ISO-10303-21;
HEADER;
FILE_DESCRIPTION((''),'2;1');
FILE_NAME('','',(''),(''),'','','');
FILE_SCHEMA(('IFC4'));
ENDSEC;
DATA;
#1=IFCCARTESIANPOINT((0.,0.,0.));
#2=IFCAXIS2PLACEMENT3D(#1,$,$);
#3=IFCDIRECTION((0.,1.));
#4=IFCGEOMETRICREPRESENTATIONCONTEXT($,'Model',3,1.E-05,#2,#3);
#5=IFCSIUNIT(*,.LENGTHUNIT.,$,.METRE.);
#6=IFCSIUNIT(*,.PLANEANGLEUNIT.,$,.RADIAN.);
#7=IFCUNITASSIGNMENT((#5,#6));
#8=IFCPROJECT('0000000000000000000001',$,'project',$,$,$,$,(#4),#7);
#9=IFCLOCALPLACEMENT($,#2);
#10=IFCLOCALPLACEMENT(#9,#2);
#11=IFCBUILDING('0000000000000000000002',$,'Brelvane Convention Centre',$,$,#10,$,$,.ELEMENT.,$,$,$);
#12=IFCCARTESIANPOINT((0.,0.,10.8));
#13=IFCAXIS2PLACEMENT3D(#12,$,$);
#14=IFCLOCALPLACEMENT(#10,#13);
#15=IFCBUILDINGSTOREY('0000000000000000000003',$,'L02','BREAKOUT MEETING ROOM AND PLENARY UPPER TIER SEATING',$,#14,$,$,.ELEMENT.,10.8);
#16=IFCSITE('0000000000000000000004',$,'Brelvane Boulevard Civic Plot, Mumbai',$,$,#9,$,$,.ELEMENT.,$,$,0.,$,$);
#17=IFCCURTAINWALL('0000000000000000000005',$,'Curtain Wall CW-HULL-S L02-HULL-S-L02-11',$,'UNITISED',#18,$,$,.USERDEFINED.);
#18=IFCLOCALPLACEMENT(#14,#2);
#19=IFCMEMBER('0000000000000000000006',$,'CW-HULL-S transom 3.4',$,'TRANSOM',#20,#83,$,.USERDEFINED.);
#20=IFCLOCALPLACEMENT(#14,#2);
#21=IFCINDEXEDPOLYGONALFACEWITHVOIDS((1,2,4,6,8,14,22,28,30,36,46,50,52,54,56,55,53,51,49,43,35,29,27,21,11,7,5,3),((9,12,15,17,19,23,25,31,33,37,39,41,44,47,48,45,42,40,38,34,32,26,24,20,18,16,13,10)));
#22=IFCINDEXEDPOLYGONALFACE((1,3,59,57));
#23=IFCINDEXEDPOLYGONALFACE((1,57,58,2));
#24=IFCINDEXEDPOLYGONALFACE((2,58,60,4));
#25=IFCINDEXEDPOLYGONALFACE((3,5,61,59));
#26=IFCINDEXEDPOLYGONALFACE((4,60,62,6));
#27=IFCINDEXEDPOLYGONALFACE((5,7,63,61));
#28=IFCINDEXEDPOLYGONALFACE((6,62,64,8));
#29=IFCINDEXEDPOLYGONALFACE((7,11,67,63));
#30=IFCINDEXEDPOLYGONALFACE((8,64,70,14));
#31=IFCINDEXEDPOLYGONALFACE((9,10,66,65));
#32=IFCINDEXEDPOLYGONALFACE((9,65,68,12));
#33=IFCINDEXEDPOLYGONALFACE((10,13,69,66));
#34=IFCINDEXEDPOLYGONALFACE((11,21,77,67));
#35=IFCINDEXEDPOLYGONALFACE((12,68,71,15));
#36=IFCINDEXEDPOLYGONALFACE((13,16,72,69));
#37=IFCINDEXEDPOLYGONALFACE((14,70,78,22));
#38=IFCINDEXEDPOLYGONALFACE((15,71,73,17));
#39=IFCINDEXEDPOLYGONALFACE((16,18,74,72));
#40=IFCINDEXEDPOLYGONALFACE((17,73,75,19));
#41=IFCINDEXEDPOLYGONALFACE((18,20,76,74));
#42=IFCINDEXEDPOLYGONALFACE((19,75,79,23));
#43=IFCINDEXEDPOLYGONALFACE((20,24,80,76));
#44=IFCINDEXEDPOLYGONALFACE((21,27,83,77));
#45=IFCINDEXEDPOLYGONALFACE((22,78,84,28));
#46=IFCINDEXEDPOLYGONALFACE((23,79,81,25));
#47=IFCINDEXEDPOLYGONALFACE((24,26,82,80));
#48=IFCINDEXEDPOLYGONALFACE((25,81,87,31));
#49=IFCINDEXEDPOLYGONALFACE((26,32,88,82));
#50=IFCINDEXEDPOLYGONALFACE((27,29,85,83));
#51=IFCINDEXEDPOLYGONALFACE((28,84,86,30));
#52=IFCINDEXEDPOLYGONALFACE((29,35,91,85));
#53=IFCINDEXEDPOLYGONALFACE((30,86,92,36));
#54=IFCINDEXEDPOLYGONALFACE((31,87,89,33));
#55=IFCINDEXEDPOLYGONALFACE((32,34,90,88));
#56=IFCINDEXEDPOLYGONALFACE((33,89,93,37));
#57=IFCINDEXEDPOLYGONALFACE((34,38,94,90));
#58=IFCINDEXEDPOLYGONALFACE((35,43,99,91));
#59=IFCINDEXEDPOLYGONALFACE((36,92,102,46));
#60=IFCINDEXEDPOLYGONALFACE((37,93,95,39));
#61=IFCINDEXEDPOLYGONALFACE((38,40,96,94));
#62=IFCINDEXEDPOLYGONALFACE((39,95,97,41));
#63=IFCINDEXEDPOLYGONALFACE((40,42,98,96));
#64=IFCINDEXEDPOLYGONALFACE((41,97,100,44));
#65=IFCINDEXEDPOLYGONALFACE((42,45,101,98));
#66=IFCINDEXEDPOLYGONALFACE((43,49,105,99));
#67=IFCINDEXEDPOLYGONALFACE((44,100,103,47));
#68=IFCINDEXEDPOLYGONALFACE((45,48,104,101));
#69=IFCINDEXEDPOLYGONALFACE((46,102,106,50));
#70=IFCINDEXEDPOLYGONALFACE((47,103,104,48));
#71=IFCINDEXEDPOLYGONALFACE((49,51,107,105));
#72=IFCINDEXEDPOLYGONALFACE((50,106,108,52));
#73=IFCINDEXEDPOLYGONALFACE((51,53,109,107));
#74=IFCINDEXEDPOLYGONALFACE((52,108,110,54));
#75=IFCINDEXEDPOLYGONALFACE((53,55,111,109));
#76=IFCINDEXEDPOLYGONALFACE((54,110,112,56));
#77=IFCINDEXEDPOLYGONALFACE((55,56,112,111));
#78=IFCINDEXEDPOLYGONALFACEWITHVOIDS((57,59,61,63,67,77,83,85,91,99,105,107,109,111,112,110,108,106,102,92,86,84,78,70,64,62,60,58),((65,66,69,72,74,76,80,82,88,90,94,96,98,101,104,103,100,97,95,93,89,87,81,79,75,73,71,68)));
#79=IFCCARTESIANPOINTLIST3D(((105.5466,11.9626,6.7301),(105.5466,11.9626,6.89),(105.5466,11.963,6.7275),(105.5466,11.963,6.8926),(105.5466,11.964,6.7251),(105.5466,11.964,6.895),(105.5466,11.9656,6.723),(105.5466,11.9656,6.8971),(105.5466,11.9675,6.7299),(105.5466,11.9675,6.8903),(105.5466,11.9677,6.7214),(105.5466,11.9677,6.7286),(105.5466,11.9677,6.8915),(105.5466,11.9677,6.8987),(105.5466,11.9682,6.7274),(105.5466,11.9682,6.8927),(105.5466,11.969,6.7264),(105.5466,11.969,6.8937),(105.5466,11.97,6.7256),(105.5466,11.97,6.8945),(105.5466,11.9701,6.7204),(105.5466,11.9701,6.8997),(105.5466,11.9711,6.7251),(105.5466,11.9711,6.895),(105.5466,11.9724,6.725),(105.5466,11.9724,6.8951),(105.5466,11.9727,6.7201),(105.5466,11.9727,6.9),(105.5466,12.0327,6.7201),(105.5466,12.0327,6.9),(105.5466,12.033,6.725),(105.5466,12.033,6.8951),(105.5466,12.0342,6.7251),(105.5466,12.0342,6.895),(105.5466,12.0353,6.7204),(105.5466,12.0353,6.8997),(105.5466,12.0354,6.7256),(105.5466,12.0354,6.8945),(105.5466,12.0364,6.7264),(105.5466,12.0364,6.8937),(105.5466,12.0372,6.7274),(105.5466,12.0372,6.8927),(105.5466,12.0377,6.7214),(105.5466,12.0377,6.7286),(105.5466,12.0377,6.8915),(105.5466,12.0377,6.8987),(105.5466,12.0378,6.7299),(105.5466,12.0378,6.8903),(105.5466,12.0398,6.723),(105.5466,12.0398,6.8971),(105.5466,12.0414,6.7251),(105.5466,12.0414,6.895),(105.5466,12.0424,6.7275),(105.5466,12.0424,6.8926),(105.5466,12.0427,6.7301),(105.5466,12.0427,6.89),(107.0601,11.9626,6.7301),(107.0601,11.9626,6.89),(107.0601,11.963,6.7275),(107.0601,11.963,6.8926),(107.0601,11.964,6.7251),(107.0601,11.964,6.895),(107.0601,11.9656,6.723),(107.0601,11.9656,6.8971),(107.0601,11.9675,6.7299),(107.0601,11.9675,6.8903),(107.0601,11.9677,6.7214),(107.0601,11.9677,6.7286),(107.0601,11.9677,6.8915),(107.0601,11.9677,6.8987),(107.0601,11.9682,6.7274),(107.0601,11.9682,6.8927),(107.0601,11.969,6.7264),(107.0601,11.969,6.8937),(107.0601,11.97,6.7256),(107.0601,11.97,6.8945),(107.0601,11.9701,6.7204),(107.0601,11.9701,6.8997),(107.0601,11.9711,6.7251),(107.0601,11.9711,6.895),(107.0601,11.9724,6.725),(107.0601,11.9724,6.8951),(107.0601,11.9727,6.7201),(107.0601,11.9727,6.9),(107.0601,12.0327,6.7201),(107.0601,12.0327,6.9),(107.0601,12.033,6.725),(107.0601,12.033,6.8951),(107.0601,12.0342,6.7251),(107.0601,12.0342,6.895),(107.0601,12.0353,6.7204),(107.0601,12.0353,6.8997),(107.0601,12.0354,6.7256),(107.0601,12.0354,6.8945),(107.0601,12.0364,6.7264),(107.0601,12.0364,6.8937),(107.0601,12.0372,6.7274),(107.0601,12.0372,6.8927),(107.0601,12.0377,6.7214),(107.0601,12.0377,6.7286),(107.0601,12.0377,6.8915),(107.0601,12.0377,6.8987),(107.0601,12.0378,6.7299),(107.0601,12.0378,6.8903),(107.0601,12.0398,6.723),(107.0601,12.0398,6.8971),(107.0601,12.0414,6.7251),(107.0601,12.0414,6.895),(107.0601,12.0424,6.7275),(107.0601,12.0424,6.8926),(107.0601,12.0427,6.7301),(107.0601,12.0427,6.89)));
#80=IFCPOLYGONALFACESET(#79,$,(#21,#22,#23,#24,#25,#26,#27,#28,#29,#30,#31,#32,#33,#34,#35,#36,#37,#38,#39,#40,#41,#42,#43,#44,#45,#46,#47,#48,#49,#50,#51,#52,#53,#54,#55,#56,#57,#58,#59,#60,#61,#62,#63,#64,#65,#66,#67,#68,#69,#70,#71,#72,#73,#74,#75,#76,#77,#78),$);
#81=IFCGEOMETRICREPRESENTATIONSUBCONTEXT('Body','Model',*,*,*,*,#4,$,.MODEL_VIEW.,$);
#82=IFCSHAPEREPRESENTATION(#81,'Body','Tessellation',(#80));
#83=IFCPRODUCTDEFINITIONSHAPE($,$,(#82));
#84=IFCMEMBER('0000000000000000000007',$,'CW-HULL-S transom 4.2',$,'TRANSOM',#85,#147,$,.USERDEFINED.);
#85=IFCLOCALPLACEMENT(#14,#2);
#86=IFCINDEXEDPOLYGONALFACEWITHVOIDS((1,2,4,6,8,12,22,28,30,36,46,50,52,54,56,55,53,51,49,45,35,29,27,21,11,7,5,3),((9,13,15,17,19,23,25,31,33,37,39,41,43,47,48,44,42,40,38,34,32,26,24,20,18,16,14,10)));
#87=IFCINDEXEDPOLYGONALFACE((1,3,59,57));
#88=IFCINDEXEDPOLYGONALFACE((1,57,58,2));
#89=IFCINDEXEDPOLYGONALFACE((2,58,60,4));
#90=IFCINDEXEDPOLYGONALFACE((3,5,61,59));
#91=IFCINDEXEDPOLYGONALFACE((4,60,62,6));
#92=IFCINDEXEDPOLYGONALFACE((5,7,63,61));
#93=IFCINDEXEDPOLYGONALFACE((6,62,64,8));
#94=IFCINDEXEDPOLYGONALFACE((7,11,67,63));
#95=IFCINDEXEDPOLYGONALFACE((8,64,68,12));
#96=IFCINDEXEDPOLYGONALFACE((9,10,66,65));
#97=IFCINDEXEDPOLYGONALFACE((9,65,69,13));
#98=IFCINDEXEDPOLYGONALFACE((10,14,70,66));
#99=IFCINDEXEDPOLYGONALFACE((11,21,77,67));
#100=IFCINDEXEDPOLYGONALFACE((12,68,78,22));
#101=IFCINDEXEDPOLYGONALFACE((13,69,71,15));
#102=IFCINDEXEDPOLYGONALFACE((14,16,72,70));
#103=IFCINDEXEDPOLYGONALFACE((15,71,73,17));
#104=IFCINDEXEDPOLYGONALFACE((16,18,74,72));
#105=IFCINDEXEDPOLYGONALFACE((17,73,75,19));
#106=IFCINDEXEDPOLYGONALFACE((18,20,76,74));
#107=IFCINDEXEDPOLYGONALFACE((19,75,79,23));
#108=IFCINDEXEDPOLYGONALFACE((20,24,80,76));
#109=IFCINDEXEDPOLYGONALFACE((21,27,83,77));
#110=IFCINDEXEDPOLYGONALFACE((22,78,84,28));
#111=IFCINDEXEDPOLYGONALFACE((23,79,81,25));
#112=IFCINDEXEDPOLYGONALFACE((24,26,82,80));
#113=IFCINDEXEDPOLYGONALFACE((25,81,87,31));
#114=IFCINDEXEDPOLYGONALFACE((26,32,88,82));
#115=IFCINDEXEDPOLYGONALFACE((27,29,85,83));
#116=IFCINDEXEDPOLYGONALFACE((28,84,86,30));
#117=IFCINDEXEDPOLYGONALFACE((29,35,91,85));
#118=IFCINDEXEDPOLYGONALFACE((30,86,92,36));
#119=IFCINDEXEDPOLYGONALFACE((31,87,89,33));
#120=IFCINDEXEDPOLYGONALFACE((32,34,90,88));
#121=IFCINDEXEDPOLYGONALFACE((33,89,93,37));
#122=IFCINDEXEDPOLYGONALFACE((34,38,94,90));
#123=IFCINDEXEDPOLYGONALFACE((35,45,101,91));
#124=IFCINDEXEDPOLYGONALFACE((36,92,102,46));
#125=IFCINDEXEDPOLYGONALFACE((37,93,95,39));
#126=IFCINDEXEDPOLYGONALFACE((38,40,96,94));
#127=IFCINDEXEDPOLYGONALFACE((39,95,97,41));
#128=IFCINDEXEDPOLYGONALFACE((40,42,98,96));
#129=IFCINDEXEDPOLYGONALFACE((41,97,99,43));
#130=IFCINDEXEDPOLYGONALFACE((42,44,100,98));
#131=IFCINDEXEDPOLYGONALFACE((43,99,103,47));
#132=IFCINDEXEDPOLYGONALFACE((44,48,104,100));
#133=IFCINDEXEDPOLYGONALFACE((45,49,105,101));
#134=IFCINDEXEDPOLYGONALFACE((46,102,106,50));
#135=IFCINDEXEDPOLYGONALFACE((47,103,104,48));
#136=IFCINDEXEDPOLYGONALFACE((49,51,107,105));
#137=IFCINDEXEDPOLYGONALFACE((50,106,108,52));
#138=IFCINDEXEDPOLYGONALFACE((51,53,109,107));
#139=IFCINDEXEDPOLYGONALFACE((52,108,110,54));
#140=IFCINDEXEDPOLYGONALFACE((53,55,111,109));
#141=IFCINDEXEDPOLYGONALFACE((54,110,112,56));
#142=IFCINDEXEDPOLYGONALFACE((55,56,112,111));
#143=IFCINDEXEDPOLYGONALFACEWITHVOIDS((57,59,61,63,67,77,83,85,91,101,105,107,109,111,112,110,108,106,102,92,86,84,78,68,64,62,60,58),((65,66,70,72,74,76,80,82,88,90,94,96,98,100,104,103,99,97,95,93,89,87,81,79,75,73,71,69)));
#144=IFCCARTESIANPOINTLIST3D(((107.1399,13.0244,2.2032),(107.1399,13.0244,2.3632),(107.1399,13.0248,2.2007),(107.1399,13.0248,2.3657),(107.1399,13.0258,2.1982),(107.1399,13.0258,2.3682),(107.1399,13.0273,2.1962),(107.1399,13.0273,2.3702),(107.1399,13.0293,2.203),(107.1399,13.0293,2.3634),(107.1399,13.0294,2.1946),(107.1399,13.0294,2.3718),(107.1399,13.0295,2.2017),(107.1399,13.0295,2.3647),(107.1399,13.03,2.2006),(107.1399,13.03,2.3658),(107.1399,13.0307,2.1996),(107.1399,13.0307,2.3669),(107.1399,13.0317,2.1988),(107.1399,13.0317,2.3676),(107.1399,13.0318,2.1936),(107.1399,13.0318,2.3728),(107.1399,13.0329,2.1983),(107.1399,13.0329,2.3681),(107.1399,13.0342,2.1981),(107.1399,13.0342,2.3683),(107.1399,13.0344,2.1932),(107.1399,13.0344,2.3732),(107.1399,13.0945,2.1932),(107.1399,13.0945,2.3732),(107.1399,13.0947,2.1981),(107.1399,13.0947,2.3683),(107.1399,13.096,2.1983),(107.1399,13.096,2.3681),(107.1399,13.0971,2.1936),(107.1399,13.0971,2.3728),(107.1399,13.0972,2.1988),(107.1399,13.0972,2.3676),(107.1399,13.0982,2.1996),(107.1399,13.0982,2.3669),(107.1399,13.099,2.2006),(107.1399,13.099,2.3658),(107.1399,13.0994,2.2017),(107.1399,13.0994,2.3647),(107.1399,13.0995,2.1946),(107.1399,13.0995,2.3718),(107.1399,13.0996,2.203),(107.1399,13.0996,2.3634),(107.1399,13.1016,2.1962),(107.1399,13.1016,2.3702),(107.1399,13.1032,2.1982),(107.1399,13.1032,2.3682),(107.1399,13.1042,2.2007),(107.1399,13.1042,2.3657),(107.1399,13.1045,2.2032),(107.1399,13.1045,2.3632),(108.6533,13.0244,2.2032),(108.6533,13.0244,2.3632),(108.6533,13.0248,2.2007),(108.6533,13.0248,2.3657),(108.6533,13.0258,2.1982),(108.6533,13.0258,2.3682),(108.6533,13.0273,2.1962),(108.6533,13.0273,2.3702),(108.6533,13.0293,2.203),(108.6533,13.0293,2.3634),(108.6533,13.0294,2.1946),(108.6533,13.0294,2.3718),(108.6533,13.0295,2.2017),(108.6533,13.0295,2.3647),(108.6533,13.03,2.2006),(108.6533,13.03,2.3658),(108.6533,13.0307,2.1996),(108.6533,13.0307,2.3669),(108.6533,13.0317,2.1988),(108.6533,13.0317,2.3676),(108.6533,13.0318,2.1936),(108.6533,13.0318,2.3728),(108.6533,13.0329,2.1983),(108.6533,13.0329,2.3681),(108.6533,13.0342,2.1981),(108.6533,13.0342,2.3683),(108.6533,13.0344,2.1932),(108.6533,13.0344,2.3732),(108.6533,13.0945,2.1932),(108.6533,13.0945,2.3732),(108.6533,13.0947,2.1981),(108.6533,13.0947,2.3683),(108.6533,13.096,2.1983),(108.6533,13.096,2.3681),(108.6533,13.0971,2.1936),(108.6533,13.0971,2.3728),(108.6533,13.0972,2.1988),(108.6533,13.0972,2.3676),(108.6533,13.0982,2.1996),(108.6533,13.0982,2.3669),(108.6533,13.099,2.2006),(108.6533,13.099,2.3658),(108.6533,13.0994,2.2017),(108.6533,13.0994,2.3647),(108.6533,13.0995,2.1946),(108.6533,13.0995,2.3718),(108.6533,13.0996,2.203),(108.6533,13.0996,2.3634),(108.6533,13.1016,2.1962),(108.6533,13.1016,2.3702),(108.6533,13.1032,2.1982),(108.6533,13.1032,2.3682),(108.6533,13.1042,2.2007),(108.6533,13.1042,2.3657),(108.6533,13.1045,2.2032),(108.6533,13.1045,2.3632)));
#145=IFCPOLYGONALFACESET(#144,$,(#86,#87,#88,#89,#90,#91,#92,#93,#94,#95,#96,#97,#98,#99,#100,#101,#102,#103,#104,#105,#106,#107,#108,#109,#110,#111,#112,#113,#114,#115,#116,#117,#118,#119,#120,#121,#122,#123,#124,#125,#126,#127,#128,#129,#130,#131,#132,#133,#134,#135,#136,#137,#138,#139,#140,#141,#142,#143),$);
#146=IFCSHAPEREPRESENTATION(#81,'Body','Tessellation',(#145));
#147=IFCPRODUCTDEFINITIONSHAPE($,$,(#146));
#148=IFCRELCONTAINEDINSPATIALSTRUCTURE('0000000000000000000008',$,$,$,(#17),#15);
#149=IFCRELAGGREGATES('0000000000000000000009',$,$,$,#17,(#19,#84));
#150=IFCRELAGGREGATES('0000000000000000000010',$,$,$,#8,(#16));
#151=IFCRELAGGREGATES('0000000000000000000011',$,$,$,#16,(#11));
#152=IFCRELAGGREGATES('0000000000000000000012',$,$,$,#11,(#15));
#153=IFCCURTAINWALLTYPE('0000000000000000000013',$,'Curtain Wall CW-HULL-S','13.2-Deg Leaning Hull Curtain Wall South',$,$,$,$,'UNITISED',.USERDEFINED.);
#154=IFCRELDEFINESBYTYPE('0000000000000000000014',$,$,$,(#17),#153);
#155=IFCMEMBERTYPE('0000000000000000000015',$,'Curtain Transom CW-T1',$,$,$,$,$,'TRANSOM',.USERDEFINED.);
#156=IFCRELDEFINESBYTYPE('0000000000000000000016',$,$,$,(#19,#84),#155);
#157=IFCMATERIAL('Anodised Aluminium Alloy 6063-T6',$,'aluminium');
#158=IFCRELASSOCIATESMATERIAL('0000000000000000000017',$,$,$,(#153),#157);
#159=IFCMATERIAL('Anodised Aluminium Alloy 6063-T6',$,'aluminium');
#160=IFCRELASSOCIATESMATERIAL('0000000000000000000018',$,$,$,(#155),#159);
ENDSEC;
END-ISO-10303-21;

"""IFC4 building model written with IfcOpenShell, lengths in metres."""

from ifc_helpers import new_model, si_unit, direction, frame, origin, origin_2d, place, context, subcontext, project, spatial, hollow_rectangle, extrude, material, material_profile, profile_set, type_object, element, aggregate, save


model = new_model("IFC4")

# Units and contexts
model_context = context("Model", 3, precision=1e-05, world=origin(), true_north=direction((0.0, 1.0)))
body_context = subcontext(model_context, "Body", "Model", "MODEL_VIEW")
ifc_project = project(units=[si_unit("LENGTHUNIT", "METRE"), si_unit("PLANEANGLEUNIT", "RADIAN")], contexts=[model_context])

# Site, building, storey
site_placement = place(None, origin())
site = spatial("IfcSite", under=ifc_project, at=site_placement, Name="Brelvane Boulevard Civic Plot, Mumbai", CompositionType="ELEMENT", RefElevation=0.0)
building_placement = place(site_placement, origin())
building = spatial("IfcBuilding", under=site, at=building_placement, Name="Brelvane Convention Centre", CompositionType="ELEMENT")
storey_placement = place(building_placement, frame((0.0, 0.0, 10.8)))
storey = spatial("IfcBuildingStorey", under=building, at=storey_placement, Name="L02", Description="BREAKOUT MEETING ROOM AND PLENARY UPPER TIER SEATING", CompositionType="ELEMENT", Elevation=10.8)

# Curtain wall, members
ifc_material_1 = material(Name="Anodised Aluminium Alloy 6063-T6", Category="aluminium")
curtain_wall_type = type_object("IfcCurtainWallType", Name="Curtain Wall CW-HULL-S", Description="13.2-Deg Leaning Hull Curtain Wall South", ElementType="UNITISED", PredefinedType="USERDEFINED", material=ifc_material_1)
curtain_wall_1_placement = place(storey_placement, origin())
curtain_wall_1 = element("IfcCurtainWall", 1, at=curtain_wall_1_placement, inside=storey, type_object=curtain_wall_type, Name="Curtain Wall CW-HULL-S L02-HULL-S-L02-11", ObjectType="UNITISED", PredefinedType="USERDEFINED")
ifc_material_2 = material(Name="Anodised Aluminium Alloy 6063-T6", Category="aluminium")
ifc_material_profile = material_profile(ifc_material_2, hollow_rectangle(XDim=0.0801, YDim=0.1799, WallThickness=0.0049, InnerFilletRadius=0.0049, OuterFilletRadius=0.01, at=origin_2d()), Name="ALU-T 180x80x5.0")
ifc_profile_set = profile_set([ifc_material_profile], Name="Anodised Aluminium Alloy 6063-T6")
member_type = type_object("IfcMemberType", Name="Curtain Transom CW-T1", ElementType="TRANSOM", PredefinedType="USERDEFINED", material=ifc_profile_set)
member_1_placement = place(storey_placement, frame((105.5466, 12.0027, 6.8101), z_axis=(1.0, 0.0, 0.0), x_axis=(0.0, 1.0, 0.0)))
member_1 = element("IfcMember", 2, at=member_1_placement, type_object=member_type, Name="CW-HULL-S transom 3.4", ObjectType="TRANSOM", PredefinedType="USERDEFINED", context=body_context, shape_type="SweptSolid", body=[
    extrude(hollow_rectangle(XDim=0.0801, YDim=0.1799, WallThickness=0.0049, InnerFilletRadius=0.0049, OuterFilletRadius=0.01, at=origin_2d()), origin(), (0.0, 0.0, 1.0), 1.5134),
])
member_2_placement = place(storey_placement, frame((107.1399, 13.0645, 2.2832), z_axis=(1.0, 0.0, 0.0), x_axis=(0.0, 1.0, 0.0)))
member_2 = element("IfcMember", 3, at=member_2_placement, type_object=member_type, Name="CW-HULL-S transom 4.2", ObjectType="TRANSOM", PredefinedType="USERDEFINED", context=body_context, shape_type="SweptSolid", body=[
    extrude(hollow_rectangle(XDim=0.0801, YDim=0.1799, WallThickness=0.0049, InnerFilletRadius=0.0049, OuterFilletRadius=0.01, at=origin_2d()), origin(), (0.0, 0.0, 1.0), 1.5134),
])

aggregate(curtain_wall_1, [member_1, member_2])

save(model, "model.ifc")
